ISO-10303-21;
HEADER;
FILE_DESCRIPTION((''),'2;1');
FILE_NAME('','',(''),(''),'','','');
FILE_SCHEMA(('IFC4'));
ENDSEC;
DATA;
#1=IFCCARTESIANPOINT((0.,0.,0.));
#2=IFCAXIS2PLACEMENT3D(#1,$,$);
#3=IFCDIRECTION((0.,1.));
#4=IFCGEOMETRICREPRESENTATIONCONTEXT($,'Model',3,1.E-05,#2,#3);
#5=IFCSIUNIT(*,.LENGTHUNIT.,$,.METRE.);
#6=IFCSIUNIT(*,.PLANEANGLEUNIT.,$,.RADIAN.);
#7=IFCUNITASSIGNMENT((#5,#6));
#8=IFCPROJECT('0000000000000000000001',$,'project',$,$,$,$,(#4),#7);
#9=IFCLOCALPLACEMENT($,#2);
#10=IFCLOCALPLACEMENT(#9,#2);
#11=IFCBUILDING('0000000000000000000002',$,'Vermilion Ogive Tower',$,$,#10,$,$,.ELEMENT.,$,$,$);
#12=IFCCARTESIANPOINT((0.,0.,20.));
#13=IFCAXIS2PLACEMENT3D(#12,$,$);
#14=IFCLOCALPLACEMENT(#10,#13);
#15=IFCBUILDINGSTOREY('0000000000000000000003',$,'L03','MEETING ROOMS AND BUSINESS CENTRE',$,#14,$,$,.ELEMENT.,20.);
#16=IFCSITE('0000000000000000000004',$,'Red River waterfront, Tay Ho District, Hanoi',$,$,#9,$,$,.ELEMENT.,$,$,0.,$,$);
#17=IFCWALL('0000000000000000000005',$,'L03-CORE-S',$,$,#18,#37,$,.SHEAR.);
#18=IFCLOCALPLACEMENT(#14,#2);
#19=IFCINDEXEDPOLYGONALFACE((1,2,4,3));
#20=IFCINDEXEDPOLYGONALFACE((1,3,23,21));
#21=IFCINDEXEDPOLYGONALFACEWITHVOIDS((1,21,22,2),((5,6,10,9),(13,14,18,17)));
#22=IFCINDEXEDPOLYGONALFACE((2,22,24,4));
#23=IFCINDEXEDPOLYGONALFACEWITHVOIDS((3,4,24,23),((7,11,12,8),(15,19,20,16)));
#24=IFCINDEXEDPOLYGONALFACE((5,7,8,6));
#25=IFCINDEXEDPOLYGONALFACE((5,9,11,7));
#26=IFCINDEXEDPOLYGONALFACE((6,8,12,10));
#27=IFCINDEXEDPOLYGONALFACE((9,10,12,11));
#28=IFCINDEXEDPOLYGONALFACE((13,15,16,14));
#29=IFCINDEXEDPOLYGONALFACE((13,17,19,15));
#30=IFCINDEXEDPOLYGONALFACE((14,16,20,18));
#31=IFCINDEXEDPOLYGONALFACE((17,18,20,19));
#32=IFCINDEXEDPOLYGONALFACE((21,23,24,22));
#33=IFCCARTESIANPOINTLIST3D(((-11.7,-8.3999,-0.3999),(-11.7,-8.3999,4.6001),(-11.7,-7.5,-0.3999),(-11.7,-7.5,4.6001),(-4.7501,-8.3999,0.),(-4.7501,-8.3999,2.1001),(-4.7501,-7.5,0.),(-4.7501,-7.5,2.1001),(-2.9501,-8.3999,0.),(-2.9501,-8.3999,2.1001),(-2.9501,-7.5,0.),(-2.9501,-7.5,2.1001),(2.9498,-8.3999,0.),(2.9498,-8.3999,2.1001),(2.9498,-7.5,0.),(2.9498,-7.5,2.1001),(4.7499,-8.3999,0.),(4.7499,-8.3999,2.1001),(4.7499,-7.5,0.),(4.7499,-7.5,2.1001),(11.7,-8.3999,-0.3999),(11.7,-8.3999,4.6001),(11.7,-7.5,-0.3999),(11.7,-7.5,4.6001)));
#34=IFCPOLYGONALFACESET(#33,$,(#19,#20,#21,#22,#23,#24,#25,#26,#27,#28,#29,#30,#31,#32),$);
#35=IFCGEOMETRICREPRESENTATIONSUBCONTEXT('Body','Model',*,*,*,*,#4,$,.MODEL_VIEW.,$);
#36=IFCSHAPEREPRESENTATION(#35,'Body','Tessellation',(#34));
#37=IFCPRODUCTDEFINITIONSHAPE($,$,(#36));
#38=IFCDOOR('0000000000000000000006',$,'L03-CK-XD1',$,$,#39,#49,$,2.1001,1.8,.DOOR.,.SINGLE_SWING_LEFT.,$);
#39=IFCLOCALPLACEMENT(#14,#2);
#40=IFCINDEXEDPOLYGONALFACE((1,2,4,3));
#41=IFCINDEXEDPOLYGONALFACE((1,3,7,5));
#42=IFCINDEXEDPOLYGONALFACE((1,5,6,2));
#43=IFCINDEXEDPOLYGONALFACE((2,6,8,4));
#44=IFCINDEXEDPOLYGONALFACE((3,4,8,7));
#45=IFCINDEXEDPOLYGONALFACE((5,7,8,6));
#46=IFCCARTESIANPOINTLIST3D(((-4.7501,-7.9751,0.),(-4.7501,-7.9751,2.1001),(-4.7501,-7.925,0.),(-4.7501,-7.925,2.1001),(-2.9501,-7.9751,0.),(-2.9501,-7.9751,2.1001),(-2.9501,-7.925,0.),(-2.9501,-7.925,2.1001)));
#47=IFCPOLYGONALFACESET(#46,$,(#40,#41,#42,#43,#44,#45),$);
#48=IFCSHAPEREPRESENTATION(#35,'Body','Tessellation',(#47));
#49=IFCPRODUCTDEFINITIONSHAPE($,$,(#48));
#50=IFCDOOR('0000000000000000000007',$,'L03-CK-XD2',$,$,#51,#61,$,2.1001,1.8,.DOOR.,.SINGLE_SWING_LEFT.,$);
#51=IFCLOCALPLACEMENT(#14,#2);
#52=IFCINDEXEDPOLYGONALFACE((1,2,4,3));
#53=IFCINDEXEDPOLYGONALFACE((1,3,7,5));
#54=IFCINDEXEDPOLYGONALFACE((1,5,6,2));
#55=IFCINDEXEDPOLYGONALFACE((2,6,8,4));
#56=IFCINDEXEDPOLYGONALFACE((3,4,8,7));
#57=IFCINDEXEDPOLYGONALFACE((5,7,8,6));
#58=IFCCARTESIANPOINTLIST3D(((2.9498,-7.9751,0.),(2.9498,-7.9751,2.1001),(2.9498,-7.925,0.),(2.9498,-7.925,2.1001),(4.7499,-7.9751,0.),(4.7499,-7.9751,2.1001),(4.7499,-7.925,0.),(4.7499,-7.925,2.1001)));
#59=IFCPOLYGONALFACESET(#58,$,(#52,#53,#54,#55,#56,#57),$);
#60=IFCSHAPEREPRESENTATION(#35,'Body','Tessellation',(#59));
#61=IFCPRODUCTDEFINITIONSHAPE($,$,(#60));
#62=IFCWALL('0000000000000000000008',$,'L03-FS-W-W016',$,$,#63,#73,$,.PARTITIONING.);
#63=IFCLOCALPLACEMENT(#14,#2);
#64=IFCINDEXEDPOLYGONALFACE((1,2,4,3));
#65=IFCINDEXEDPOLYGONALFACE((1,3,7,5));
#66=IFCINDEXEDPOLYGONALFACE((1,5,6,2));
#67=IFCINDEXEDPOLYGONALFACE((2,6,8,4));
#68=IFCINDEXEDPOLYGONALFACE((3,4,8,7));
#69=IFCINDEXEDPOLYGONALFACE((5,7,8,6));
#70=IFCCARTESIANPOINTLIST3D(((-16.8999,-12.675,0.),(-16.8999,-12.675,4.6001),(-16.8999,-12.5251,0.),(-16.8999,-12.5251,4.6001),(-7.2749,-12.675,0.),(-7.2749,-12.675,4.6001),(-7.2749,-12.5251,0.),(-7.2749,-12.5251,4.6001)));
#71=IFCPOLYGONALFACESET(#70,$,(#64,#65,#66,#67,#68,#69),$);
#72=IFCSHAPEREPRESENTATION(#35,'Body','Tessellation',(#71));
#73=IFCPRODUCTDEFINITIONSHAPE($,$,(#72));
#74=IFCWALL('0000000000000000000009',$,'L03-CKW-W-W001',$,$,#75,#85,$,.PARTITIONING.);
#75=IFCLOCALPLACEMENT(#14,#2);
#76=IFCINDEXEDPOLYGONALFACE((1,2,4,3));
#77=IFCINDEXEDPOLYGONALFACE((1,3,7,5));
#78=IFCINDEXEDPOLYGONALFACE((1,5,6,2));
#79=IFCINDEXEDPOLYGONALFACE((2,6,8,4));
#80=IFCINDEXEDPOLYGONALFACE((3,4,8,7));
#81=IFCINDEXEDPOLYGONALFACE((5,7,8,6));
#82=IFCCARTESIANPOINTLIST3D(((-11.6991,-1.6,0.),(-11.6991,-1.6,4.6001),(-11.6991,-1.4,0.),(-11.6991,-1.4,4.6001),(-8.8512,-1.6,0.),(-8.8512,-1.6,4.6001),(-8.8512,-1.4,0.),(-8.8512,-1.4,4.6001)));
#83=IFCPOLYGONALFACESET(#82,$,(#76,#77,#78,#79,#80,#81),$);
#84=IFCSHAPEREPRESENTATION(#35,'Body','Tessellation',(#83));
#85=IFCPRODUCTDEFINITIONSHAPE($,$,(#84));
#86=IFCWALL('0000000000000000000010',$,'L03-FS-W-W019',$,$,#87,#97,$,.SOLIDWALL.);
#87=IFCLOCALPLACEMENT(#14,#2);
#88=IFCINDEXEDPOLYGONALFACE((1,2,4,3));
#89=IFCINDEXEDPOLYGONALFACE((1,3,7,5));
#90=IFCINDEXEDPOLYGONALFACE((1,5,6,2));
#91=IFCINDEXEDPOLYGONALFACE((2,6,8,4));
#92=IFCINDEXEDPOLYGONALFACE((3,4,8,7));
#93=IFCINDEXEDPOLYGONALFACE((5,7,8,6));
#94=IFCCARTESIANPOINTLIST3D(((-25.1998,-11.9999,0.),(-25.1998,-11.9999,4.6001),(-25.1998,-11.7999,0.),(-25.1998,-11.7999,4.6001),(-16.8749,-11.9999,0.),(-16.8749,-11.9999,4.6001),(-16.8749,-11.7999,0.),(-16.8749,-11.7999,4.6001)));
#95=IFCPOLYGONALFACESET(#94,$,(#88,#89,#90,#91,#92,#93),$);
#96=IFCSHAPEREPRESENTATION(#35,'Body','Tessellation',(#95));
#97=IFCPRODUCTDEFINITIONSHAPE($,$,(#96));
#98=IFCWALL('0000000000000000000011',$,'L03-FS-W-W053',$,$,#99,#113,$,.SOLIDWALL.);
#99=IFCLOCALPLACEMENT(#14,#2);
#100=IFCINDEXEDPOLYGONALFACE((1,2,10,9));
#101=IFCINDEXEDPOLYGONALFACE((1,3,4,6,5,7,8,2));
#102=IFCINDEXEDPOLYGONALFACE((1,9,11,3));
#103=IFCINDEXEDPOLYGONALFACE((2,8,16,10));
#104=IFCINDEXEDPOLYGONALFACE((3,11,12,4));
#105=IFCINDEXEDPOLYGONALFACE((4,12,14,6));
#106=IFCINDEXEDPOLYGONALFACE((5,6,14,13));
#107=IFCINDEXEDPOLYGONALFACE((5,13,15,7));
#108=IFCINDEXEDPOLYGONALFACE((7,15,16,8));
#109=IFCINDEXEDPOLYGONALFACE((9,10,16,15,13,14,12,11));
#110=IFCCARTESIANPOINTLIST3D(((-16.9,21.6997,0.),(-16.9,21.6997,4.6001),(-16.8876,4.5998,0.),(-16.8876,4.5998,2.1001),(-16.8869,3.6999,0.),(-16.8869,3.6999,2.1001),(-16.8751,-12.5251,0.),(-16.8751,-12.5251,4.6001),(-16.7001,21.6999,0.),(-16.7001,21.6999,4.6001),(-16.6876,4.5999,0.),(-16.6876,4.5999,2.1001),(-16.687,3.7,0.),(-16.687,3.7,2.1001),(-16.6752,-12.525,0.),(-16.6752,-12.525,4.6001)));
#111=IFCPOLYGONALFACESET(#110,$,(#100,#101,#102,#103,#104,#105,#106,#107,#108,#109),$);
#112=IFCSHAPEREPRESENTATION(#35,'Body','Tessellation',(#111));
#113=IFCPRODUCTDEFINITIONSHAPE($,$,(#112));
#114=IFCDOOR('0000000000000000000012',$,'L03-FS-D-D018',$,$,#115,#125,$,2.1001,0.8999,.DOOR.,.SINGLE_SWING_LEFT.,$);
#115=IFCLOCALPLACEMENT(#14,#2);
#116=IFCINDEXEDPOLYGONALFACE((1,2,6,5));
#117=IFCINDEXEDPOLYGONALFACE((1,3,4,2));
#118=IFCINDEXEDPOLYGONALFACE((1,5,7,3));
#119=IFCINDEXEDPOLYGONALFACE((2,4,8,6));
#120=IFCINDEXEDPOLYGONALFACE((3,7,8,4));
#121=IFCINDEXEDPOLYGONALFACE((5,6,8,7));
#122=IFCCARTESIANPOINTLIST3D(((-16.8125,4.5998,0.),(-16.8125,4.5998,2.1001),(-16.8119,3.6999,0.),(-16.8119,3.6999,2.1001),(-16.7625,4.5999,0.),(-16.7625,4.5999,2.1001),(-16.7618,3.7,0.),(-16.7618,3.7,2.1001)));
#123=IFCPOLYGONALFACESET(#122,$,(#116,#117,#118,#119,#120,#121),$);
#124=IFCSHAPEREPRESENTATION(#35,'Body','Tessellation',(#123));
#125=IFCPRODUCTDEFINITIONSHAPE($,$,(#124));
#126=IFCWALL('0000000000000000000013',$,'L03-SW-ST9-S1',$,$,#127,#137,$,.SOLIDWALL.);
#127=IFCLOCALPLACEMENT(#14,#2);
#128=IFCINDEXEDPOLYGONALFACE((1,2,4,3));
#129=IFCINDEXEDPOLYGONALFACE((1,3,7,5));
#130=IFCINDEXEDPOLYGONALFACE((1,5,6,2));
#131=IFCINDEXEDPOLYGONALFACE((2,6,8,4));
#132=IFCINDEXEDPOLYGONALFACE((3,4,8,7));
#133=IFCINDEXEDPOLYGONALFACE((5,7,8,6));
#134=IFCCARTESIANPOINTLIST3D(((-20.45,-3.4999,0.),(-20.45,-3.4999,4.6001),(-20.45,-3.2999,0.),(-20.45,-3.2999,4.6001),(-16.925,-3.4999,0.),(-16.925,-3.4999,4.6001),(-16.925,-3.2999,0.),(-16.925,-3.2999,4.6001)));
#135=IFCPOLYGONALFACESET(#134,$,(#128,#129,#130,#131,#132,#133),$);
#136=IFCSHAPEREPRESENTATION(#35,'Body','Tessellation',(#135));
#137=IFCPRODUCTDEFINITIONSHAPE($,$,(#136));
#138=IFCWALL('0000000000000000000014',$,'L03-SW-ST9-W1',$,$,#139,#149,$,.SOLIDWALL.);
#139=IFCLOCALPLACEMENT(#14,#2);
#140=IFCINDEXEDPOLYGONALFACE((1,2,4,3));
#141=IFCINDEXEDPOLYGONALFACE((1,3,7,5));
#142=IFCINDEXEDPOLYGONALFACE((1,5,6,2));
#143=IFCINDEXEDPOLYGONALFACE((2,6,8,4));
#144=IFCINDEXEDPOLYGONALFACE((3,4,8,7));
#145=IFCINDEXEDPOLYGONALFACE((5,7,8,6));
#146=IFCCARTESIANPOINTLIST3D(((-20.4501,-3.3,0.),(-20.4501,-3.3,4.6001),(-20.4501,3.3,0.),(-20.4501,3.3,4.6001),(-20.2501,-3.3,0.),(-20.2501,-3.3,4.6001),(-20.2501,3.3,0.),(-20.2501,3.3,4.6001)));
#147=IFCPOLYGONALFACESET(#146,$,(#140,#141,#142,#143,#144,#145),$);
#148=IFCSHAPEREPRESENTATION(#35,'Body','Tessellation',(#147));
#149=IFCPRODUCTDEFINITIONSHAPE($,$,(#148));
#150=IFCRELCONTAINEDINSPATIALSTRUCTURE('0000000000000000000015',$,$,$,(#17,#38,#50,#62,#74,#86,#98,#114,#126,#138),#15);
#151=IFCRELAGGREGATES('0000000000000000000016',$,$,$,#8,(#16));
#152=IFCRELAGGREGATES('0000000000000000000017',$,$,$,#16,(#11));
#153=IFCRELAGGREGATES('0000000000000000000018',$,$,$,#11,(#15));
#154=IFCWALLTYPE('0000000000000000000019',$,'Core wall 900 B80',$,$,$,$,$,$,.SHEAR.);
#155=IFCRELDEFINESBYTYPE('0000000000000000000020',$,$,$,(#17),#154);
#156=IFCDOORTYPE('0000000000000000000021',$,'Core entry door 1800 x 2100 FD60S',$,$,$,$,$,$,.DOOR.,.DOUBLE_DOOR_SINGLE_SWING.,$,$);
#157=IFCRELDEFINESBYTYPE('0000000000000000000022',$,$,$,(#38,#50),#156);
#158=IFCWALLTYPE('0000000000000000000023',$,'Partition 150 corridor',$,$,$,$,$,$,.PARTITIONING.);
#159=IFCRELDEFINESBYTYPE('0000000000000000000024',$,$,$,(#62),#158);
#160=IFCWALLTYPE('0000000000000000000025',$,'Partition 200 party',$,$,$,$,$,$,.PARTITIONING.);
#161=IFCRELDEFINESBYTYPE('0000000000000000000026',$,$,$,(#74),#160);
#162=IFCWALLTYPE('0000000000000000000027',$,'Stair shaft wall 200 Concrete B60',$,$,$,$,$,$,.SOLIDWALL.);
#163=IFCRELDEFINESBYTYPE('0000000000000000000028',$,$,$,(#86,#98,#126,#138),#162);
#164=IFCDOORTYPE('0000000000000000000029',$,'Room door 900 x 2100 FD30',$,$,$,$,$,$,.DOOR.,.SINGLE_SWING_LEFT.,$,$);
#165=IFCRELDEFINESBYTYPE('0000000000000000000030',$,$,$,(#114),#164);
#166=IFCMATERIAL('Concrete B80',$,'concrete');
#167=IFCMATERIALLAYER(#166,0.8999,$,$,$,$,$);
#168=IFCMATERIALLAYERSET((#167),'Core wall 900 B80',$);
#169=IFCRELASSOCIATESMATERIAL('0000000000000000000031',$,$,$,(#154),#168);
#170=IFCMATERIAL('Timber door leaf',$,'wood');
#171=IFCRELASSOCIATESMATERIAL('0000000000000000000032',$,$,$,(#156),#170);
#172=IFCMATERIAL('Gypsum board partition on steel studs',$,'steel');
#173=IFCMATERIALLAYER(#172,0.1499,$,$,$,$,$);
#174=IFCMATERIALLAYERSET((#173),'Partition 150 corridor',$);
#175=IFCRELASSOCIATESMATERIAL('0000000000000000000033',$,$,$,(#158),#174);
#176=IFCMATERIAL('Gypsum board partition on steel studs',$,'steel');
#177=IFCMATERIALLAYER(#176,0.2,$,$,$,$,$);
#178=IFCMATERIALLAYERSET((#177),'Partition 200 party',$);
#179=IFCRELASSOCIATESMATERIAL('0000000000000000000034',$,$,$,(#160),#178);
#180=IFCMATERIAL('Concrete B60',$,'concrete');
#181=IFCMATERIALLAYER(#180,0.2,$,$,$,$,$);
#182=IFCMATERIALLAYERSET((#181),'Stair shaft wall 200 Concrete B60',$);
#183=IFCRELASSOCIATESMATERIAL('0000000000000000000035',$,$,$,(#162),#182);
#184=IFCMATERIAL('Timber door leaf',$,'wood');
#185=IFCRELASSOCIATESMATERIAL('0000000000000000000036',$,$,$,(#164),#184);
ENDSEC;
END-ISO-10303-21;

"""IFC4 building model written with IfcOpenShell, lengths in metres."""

from ifc_helpers import new_model, si_unit, direction, frame, frame_2d, origin, place, context, subcontext, project, spatial, rectangle, extrude, material, layer, layer_set, type_object, element, fill, save


model = new_model("IFC4")

# Units and contexts
model_context = context("Model", 3, precision=1e-05, world=origin(), true_north=direction((0.0, 1.0)))
body_context = subcontext(model_context, "Body", "Model", "MODEL_VIEW")
ifc_project = project(units=[si_unit("LENGTHUNIT", "METRE"), si_unit("PLANEANGLEUNIT", "RADIAN")], contexts=[model_context])

# Site, building, storey
site_placement = place(None, origin())
site = spatial("IfcSite", under=ifc_project, at=site_placement, Name="Red River waterfront, Tay Ho District, Hanoi", CompositionType="ELEMENT", RefElevation=0.0)
building_placement = place(site_placement, origin())
building = spatial("IfcBuilding", under=site, at=building_placement, Name="Vermilion Ogive Tower", CompositionType="ELEMENT")
storey_placement = place(building_placement, frame((0.0, 0.0, 20.0)))
storey = spatial("IfcBuildingStorey", under=building, at=storey_placement, Name="L03", Description="MEETING ROOMS AND BUSINESS CENTRE", CompositionType="ELEMENT", Elevation=20.0)

# Wall, openings, doors
ifc_material_1 = material(Name="Concrete B80", Category="concrete")
ifc_layer_1 = layer(ifc_material_1, 0.8999)
ifc_layer_set_1 = layer_set([ifc_layer_1], Name="Core wall 900 B80")
wall_type_1 = type_object("IfcWallType", Name="Core wall 900 B80", PredefinedType="SHEAR", material=ifc_layer_set_1)
wall_1_placement = place(storey_placement, frame((-11.7, -7.95, -0.3999), z_axis=(0.0, 0.0, 1.0), x_axis=(1.0, 0.0, 0.0)))
wall_1 = element("IfcWall", 1, at=wall_1_placement, inside=storey, type_object=wall_type_1, Name="L03-CORE-S", PredefinedType="SHEAR", context=body_context, shape_type="SweptSolid", body=[
    extrude(rectangle(XDim=23.3999, YDim=0.8999, at=frame_2d((11.7, 0.0))), origin(), (0.0, 0.0, 1.0), 5.0),
])
opening_1_placement = place(wall_1_placement, frame((6.95, 0.0, 0.3999)))
opening_1 = element("IfcOpeningElement", 2, at=opening_1_placement, cuts=wall_1, PredefinedType="OPENING", context=body_context, shape_type="SweptSolid", body=[
    extrude(rectangle(XDim=1.8, YDim=2.1001, at=frame_2d((0.8999, 1.05))), frame((0.0, 0.46, 0.0), z_axis=(0.0, -1.0, 0.0), x_axis=(1.0, 0.0, 0.0)), (0.0, 0.0, 1.0), 0.9199),
])
opening_2_placement = place(wall_1_placement, frame((14.6499, 0.0, 0.3999)))
opening_2 = element("IfcOpeningElement", 3, at=opening_2_placement, cuts=wall_1, PredefinedType="OPENING", context=body_context, shape_type="SweptSolid", body=[
    extrude(rectangle(XDim=1.8, YDim=2.1001, at=frame_2d((0.8999, 1.05))), frame((0.0, 0.46, 0.0), z_axis=(0.0, -1.0, 0.0), x_axis=(1.0, 0.0, 0.0)), (0.0, 0.0, 1.0), 0.9199),
])
ifc_material_2 = material(Name="Timber door leaf", Category="wood")
door_type_1 = type_object("IfcDoorType", Name="Core entry door 1800 x 2100 FD60S", OperationType="DOUBLE_DOOR_SINGLE_SWING", PredefinedType="DOOR", material=ifc_material_2)
door_1_placement = place(opening_1_placement, origin())
door_1 = element("IfcDoor", 4, at=door_1_placement, inside=storey, type_object=door_type_1, Name="L03-CK-XD1", OperationType="SINGLE_SWING_LEFT", OverallHeight=2.1001, OverallWidth=1.8, PredefinedType="DOOR", context=body_context, shape_type="SweptSolid", body=[
    extrude(rectangle(XDim=1.8, YDim=2.1001, at=frame_2d((0.8999, 1.05))), frame((0.0, 0.0249, 0.0), z_axis=(0.0, -1.0, 0.0), x_axis=(1.0, 0.0, 0.0)), (0.0, 0.0, 1.0), 0.05),
])
fill(opening_1, door_1)
door_2_placement = place(opening_2_placement, origin())
door_2 = element("IfcDoor", 5, at=door_2_placement, inside=storey, type_object=door_type_1, Name="L03-CK-XD2", OperationType="SINGLE_SWING_LEFT", OverallHeight=2.1001, OverallWidth=1.8, PredefinedType="DOOR", context=body_context, shape_type="SweptSolid", body=[
    extrude(rectangle(XDim=1.8, YDim=2.1001, at=frame_2d((0.8999, 1.05))), frame((0.0, 0.0249, 0.0), z_axis=(0.0, -1.0, 0.0), x_axis=(1.0, 0.0, 0.0)), (0.0, 0.0, 1.0), 0.05),
])
fill(opening_2, door_2)

# Walls
ifc_material_3 = material(Name="Gypsum board partition on steel studs", Category="steel")
ifc_layer_2 = layer(ifc_material_3, 0.1499)
ifc_layer_set_2 = layer_set([ifc_layer_2], Name="Partition 150 corridor")
wall_type_2 = type_object("IfcWallType", Name="Partition 150 corridor", PredefinedType="PARTITIONING", material=ifc_layer_set_2)
wall_2_placement = place(storey_placement, frame((-16.8999, -12.6001, 0.0), z_axis=(0.0, 0.0, 1.0), x_axis=(1.0, 0.0, 0.0)))
element("IfcWall", 6, at=wall_2_placement, inside=storey, type_object=wall_type_2, Name="L03-FS-W-W016", PredefinedType="PARTITIONING", context=body_context, shape_type="SweptSolid", body=[
    extrude(rectangle(XDim=9.625, YDim=0.1499, at=frame_2d((4.8125, 0.0))), origin(), (0.0, 0.0, 1.0), 4.6001),
])
ifc_material_4 = material(Name="Gypsum board partition on steel studs", Category="steel")
ifc_layer_3 = layer(ifc_material_4, 0.2)
ifc_layer_set_3 = layer_set([ifc_layer_3], Name="Partition 200 party")
wall_type_3 = type_object("IfcWallType", Name="Partition 200 party", PredefinedType="PARTITIONING", material=ifc_layer_set_3)
wall_3_placement = place(storey_placement, frame((-11.699, -1.5, 0.0), z_axis=(0.0, 0.0, 1.0), x_axis=(1.0, 0.0, 0.0)))
element("IfcWall", 7, at=wall_3_placement, inside=storey, type_object=wall_type_3, Name="L03-CKW-W-W001", PredefinedType="PARTITIONING", context=body_context, shape_type="SweptSolid", body=[
    extrude(rectangle(XDim=2.8479, YDim=0.2, at=frame_2d((1.4238, 0.0))), origin(), (0.0, 0.0, 1.0), 4.6001),
])
ifc_material_5 = material(Name="Concrete B60", Category="concrete")
ifc_layer_4 = layer(ifc_material_5, 0.2)
ifc_layer_set_4 = layer_set([ifc_layer_4], Name="Stair shaft wall 200 Concrete B60")
wall_type_4 = type_object("IfcWallType", Name="Stair shaft wall 200 Concrete B60", PredefinedType="SOLIDWALL", material=ifc_layer_set_4)
wall_4_placement = place(storey_placement, frame((-25.2, -11.8999, 0.0), z_axis=(0.0, 0.0, 1.0), x_axis=(1.0, 0.0, 0.0)))
element("IfcWall", 8, at=wall_4_placement, inside=storey, type_object=wall_type_4, Name="L03-FS-W-W019", PredefinedType="SOLIDWALL", context=body_context, shape_type="SweptSolid", body=[
    extrude(rectangle(XDim=8.325, YDim=0.2, at=frame_2d((4.1626, 0.0))), origin(), (0.0, 0.0, 1.0), 4.6001),
])

# Wall, opening, door
wall_5_placement = place(storey_placement, frame((-16.7751, -12.5249, 0.0), z_axis=(0.0, 0.0, 1.0), x_axis=(-0.000728, 1.0, 0.0)))
wall_5 = element("IfcWall", 9, at=wall_5_placement, inside=storey, type_object=wall_type_4, Name="L03-FS-W-W053", PredefinedType="SOLIDWALL", context=body_context, shape_type="SweptSolid", body=[
    extrude(rectangle(XDim=34.2249, YDim=0.2, at=frame_2d((17.1123, 0.0))), origin(), (0.0, 0.0, 1.0), 4.6001),
])
opening_3_placement = place(wall_5_placement, frame((16.2249, 0.0, 0.0)))
opening_3 = element("IfcOpeningElement", 10, at=opening_3_placement, cuts=wall_5, PredefinedType="OPENING", context=body_context, shape_type="SweptSolid", body=[
    extrude(rectangle(XDim=0.8999, YDim=2.1001, at=frame_2d((0.45, 1.05))), frame((0.0, 0.1099, 0.0), z_axis=(0.0, -1.0, 0.0), x_axis=(1.0, 0.0, 0.0)), (0.0, 0.0, 1.0), 0.22),
])
ifc_material_6 = material(Name="Timber door leaf", Category="wood")
door_type_2 = type_object("IfcDoorType", Name="Room door 900 x 2100 FD30", OperationType="SINGLE_SWING_LEFT", PredefinedType="DOOR", material=ifc_material_6)
door_3_placement = place(opening_3_placement, origin())
door_3 = element("IfcDoor", 11, at=door_3_placement, inside=storey, type_object=door_type_2, Name="L03-FS-D-D018", OperationType="SINGLE_SWING_LEFT", OverallHeight=2.1001, OverallWidth=0.8999, PredefinedType="DOOR", context=body_context, shape_type="SweptSolid", body=[
    extrude(rectangle(XDim=0.8999, YDim=2.1001, at=frame_2d((0.45, 1.05))), frame((0.0, 0.0249, 0.0), z_axis=(0.0, -1.0, 0.0), x_axis=(1.0, 0.0, 0.0)), (0.0, 0.0, 1.0), 0.05),
])
fill(opening_3, door_3)

# Walls
wall_6_placement = place(storey_placement, frame((-20.45, -3.3999, 0.0), z_axis=(0.0, 0.0, 1.0), x_axis=(1.0, 0.0, 0.0)))
element("IfcWall", 12, at=wall_6_placement, inside=storey, type_object=wall_type_4, Name="L03-SW-ST9-S1", PredefinedType="SOLIDWALL", context=body_context, shape_type="SweptSolid", body=[
    extrude(rectangle(XDim=3.5249, YDim=0.2, at=frame_2d((1.7625, 0.0))), origin(), (0.0, 0.0, 1.0), 4.6001),
])
wall_7_placement = place(storey_placement, frame((-20.3501, -3.3, 0.0), z_axis=(0.0, 0.0, 1.0), x_axis=(0.0, 1.0, 0.0)))
element("IfcWall", 13, at=wall_7_placement, inside=storey, type_object=wall_type_4, Name="L03-SW-ST9-W1", PredefinedType="SOLIDWALL", context=body_context, shape_type="SweptSolid", body=[
    extrude(rectangle(XDim=6.6001, YDim=0.2, at=frame_2d((3.3, 0.0))), origin(), (0.0, 0.0, 1.0), 4.6001),
])

save(model, "model.ifc")
